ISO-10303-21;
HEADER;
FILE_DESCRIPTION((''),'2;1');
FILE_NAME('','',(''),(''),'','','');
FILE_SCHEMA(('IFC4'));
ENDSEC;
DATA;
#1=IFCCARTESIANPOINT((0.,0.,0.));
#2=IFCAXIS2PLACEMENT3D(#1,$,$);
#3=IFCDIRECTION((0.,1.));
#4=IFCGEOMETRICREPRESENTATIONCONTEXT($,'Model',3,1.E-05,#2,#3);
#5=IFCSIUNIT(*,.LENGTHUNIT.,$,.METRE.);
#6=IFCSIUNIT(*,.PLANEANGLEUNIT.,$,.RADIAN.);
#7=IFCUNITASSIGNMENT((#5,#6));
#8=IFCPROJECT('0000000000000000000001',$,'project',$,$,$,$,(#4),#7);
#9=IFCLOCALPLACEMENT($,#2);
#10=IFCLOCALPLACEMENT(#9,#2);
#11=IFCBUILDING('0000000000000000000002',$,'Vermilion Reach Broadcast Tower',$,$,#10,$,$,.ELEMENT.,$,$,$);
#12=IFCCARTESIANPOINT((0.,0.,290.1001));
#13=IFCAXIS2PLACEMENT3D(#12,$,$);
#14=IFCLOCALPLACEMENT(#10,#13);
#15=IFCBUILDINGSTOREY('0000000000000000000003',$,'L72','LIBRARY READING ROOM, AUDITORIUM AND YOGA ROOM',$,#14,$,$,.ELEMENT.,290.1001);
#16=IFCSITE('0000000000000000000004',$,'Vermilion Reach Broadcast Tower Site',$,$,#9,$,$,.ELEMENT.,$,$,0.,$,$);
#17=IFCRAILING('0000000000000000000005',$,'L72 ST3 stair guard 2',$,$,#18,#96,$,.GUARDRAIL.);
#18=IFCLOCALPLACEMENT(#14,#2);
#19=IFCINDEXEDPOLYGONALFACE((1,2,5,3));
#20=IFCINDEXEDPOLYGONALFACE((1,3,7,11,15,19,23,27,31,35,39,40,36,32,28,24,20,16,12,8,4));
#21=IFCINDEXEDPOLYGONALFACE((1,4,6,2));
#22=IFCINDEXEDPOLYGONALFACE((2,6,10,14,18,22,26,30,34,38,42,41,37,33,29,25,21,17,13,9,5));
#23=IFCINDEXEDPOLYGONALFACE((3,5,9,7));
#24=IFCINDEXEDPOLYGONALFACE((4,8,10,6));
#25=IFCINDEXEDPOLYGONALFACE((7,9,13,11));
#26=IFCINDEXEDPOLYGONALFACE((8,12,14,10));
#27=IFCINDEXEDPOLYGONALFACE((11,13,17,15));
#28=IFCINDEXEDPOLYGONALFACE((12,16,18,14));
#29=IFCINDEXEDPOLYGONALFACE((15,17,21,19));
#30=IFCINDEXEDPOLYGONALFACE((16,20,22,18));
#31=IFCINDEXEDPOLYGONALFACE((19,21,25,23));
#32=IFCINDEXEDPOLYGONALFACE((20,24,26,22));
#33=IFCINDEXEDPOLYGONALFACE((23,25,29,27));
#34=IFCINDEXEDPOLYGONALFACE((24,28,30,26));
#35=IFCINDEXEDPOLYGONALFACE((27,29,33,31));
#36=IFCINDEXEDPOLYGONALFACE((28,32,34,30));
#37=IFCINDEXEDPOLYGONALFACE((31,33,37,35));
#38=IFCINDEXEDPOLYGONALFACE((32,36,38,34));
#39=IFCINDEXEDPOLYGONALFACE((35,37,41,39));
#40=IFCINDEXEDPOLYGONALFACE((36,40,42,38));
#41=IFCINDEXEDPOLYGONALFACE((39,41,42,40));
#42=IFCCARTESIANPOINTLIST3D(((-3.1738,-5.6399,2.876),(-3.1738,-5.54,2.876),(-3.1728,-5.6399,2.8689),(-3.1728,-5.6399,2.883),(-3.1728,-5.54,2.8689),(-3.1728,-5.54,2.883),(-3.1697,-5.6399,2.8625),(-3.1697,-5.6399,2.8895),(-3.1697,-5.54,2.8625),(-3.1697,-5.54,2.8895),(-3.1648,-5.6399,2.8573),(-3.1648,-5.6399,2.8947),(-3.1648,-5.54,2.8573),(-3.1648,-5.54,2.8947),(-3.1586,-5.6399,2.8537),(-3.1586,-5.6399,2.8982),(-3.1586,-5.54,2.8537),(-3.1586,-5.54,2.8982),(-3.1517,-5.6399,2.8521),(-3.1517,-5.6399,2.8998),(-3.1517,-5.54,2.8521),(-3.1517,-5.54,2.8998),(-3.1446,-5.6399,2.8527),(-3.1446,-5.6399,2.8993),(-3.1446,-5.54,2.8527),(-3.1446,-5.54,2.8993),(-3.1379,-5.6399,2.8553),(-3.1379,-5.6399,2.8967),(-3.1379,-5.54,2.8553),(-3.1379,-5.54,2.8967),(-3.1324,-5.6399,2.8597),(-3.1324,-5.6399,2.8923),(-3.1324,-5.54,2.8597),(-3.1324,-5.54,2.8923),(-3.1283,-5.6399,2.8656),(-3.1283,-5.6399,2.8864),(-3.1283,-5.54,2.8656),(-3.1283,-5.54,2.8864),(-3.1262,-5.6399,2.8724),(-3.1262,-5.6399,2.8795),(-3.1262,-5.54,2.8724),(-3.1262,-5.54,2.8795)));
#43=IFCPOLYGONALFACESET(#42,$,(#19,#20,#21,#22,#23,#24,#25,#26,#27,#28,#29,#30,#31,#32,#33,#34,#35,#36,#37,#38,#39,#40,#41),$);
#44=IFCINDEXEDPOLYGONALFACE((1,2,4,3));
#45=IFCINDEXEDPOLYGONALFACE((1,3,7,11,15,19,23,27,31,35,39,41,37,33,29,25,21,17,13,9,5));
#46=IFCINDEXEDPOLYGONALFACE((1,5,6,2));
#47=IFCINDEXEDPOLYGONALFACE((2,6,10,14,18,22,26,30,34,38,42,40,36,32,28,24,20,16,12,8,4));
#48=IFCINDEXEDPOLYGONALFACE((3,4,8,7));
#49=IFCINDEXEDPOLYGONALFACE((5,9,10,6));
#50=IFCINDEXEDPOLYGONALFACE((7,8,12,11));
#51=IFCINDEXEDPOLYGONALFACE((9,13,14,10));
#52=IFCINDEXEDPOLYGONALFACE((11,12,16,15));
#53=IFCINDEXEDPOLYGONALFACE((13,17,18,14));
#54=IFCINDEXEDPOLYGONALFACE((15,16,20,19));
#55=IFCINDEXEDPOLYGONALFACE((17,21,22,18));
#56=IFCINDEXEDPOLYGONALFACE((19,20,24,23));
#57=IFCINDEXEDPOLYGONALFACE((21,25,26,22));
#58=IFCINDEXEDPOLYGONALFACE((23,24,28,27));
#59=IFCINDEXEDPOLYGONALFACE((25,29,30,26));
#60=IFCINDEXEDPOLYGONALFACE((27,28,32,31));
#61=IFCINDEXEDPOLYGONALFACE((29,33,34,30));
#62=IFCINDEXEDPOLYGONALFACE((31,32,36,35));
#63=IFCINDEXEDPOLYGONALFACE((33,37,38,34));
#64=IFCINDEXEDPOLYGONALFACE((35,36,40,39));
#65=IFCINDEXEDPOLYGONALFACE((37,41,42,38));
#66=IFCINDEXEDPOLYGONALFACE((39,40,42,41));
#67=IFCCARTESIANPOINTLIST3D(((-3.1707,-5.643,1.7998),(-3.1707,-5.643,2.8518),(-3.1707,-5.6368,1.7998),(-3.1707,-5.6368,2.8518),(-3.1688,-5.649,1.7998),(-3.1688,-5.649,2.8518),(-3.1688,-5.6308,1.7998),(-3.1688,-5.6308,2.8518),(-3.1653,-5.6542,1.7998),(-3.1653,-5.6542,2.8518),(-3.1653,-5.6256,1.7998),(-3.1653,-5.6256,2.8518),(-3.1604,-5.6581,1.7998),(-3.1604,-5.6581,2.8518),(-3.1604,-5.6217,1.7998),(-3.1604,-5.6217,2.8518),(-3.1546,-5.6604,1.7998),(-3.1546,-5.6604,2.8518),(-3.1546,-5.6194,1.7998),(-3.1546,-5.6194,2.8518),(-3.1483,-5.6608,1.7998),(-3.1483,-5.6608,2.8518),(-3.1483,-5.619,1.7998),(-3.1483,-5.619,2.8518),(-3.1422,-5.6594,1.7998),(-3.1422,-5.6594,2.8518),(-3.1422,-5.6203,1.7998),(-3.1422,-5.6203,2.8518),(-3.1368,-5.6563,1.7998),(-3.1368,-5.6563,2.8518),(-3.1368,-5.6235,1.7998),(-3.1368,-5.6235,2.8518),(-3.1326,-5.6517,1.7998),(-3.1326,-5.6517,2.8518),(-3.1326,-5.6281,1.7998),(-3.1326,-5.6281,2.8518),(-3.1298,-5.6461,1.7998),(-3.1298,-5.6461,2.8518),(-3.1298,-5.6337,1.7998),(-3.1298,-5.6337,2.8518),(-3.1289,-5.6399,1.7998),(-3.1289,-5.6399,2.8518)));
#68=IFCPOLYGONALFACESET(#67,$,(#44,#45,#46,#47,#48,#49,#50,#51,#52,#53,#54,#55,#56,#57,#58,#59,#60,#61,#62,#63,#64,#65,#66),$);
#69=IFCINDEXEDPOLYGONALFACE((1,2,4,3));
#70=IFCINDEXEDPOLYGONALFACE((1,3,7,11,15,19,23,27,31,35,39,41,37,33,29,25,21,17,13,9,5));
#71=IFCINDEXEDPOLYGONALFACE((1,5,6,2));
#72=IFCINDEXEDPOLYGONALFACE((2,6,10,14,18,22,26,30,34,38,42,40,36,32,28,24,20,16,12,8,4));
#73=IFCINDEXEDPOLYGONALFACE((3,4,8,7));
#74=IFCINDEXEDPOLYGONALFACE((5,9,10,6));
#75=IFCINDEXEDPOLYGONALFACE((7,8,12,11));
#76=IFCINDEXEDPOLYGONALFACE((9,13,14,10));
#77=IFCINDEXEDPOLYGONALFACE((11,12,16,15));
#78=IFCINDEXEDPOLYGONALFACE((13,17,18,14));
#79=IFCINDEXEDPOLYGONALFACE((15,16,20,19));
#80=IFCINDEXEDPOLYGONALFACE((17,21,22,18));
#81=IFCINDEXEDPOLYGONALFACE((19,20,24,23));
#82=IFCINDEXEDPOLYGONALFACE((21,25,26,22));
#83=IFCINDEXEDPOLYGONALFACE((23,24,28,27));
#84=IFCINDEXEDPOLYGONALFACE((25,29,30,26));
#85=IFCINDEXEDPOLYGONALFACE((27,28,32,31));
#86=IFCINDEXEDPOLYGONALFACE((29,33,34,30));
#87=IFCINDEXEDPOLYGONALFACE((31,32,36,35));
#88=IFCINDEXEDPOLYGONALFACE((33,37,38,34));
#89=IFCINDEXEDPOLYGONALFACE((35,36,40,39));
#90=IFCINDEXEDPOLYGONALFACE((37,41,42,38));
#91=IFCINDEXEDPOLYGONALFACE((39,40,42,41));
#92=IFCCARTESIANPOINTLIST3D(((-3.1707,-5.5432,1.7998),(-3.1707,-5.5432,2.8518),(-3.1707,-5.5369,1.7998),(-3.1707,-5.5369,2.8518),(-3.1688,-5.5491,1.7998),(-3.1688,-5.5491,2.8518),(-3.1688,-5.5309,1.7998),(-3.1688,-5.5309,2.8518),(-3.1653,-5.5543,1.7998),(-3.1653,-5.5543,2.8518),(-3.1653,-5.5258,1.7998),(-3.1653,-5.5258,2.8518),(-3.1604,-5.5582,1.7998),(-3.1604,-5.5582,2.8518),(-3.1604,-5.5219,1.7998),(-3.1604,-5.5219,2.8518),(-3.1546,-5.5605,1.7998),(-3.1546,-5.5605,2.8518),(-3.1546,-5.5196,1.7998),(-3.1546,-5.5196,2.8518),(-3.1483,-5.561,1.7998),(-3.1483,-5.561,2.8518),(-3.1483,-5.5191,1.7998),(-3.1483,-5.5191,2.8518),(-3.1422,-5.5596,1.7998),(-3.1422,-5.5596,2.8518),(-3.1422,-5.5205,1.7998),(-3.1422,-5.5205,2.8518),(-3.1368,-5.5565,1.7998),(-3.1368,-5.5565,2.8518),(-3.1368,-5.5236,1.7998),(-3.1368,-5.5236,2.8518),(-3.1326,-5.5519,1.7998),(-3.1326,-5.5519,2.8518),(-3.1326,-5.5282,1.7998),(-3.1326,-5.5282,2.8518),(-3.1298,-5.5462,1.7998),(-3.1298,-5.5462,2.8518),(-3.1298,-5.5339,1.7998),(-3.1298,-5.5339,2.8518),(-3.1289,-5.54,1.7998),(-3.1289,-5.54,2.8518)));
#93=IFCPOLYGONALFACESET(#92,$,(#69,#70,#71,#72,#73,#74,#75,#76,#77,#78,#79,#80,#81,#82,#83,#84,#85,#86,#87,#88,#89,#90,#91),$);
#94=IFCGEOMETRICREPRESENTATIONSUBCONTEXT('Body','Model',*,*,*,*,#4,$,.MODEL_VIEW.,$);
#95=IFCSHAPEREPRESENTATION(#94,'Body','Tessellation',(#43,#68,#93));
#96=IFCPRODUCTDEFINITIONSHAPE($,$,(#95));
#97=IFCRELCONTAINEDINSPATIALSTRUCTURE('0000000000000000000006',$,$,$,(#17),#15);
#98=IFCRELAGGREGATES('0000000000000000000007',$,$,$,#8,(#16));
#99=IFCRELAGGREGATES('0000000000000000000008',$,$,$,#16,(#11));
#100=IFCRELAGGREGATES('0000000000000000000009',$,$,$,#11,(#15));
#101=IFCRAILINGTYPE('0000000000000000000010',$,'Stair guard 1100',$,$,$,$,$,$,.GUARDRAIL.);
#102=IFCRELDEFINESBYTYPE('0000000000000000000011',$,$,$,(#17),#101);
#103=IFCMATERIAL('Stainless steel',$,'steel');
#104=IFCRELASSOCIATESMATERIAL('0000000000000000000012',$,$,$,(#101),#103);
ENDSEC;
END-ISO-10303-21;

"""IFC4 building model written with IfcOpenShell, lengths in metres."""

from ifc_helpers import new_model, si_unit, direction, frame, origin, origin_2d, place, context, subcontext, project, spatial, circle, extrude, material, type_object, element, save


model = new_model("IFC4")

# Units and contexts
model_context = context("Model", 3, precision=1e-05, world=origin(), true_north=direction((0.0, 1.0)))
body_context = subcontext(model_context, "Body", "Model", "MODEL_VIEW")
ifc_project = project(units=[si_unit("LENGTHUNIT", "METRE"), si_unit("PLANEANGLEUNIT", "RADIAN")], contexts=[model_context])

# Site, building, storey
site_placement = place(None, origin())
site = spatial("IfcSite", under=ifc_project, at=site_placement, Name="Vermilion Reach Broadcast Tower Site", CompositionType="ELEMENT", RefElevation=0.0)
building_placement = place(site_placement, origin())
building = spatial("IfcBuilding", under=site, at=building_placement, Name="Vermilion Reach Broadcast Tower", CompositionType="ELEMENT")
storey_placement = place(building_placement, frame((0.0, 0.0, 290.1001)))
storey = spatial("IfcBuildingStorey", under=building, at=storey_placement, Name="L72", Description="LIBRARY READING ROOM, AUDITORIUM AND YOGA ROOM", CompositionType="ELEMENT", Elevation=290.1001)

# Railing
ifc_material_1 = material(Name="Stainless steel", Category="steel")
railing_type_1 = type_object("IfcRailingType", Name="Stair guard 1100", PredefinedType="GUARDRAIL", material=ifc_material_1)
railing_1_placement = place(storey_placement, frame((-3.1499, -5.6399, 1.7998)))
element("IfcRailing", 1, at=railing_1_placement, inside=storey, type_object=railing_type_1, Name="L72 ST3 stair guard 2", PredefinedType="GUARDRAIL", context=body_context, shape_type="SweptSolid", body=[
    extrude(circle(Radius=0.0239, at=origin_2d()), frame((0.0, 0.0, 1.0762), z_axis=(0.0, 1.0, 0.0), x_axis=(-1.0, 0.0, 0.0)), (0.0, 0.0, 1.0), 0.0999),
    extrude(circle(Radius=0.021, at=origin_2d()), origin(), (0.0, 0.0, 1.0), 1.052),
    extrude(circle(Radius=0.021, at=origin_2d()), frame((0.0, 0.0999, 0.0)), (0.0, 0.0, 1.0), 1.052),
])

save(model, "model.ifc")
